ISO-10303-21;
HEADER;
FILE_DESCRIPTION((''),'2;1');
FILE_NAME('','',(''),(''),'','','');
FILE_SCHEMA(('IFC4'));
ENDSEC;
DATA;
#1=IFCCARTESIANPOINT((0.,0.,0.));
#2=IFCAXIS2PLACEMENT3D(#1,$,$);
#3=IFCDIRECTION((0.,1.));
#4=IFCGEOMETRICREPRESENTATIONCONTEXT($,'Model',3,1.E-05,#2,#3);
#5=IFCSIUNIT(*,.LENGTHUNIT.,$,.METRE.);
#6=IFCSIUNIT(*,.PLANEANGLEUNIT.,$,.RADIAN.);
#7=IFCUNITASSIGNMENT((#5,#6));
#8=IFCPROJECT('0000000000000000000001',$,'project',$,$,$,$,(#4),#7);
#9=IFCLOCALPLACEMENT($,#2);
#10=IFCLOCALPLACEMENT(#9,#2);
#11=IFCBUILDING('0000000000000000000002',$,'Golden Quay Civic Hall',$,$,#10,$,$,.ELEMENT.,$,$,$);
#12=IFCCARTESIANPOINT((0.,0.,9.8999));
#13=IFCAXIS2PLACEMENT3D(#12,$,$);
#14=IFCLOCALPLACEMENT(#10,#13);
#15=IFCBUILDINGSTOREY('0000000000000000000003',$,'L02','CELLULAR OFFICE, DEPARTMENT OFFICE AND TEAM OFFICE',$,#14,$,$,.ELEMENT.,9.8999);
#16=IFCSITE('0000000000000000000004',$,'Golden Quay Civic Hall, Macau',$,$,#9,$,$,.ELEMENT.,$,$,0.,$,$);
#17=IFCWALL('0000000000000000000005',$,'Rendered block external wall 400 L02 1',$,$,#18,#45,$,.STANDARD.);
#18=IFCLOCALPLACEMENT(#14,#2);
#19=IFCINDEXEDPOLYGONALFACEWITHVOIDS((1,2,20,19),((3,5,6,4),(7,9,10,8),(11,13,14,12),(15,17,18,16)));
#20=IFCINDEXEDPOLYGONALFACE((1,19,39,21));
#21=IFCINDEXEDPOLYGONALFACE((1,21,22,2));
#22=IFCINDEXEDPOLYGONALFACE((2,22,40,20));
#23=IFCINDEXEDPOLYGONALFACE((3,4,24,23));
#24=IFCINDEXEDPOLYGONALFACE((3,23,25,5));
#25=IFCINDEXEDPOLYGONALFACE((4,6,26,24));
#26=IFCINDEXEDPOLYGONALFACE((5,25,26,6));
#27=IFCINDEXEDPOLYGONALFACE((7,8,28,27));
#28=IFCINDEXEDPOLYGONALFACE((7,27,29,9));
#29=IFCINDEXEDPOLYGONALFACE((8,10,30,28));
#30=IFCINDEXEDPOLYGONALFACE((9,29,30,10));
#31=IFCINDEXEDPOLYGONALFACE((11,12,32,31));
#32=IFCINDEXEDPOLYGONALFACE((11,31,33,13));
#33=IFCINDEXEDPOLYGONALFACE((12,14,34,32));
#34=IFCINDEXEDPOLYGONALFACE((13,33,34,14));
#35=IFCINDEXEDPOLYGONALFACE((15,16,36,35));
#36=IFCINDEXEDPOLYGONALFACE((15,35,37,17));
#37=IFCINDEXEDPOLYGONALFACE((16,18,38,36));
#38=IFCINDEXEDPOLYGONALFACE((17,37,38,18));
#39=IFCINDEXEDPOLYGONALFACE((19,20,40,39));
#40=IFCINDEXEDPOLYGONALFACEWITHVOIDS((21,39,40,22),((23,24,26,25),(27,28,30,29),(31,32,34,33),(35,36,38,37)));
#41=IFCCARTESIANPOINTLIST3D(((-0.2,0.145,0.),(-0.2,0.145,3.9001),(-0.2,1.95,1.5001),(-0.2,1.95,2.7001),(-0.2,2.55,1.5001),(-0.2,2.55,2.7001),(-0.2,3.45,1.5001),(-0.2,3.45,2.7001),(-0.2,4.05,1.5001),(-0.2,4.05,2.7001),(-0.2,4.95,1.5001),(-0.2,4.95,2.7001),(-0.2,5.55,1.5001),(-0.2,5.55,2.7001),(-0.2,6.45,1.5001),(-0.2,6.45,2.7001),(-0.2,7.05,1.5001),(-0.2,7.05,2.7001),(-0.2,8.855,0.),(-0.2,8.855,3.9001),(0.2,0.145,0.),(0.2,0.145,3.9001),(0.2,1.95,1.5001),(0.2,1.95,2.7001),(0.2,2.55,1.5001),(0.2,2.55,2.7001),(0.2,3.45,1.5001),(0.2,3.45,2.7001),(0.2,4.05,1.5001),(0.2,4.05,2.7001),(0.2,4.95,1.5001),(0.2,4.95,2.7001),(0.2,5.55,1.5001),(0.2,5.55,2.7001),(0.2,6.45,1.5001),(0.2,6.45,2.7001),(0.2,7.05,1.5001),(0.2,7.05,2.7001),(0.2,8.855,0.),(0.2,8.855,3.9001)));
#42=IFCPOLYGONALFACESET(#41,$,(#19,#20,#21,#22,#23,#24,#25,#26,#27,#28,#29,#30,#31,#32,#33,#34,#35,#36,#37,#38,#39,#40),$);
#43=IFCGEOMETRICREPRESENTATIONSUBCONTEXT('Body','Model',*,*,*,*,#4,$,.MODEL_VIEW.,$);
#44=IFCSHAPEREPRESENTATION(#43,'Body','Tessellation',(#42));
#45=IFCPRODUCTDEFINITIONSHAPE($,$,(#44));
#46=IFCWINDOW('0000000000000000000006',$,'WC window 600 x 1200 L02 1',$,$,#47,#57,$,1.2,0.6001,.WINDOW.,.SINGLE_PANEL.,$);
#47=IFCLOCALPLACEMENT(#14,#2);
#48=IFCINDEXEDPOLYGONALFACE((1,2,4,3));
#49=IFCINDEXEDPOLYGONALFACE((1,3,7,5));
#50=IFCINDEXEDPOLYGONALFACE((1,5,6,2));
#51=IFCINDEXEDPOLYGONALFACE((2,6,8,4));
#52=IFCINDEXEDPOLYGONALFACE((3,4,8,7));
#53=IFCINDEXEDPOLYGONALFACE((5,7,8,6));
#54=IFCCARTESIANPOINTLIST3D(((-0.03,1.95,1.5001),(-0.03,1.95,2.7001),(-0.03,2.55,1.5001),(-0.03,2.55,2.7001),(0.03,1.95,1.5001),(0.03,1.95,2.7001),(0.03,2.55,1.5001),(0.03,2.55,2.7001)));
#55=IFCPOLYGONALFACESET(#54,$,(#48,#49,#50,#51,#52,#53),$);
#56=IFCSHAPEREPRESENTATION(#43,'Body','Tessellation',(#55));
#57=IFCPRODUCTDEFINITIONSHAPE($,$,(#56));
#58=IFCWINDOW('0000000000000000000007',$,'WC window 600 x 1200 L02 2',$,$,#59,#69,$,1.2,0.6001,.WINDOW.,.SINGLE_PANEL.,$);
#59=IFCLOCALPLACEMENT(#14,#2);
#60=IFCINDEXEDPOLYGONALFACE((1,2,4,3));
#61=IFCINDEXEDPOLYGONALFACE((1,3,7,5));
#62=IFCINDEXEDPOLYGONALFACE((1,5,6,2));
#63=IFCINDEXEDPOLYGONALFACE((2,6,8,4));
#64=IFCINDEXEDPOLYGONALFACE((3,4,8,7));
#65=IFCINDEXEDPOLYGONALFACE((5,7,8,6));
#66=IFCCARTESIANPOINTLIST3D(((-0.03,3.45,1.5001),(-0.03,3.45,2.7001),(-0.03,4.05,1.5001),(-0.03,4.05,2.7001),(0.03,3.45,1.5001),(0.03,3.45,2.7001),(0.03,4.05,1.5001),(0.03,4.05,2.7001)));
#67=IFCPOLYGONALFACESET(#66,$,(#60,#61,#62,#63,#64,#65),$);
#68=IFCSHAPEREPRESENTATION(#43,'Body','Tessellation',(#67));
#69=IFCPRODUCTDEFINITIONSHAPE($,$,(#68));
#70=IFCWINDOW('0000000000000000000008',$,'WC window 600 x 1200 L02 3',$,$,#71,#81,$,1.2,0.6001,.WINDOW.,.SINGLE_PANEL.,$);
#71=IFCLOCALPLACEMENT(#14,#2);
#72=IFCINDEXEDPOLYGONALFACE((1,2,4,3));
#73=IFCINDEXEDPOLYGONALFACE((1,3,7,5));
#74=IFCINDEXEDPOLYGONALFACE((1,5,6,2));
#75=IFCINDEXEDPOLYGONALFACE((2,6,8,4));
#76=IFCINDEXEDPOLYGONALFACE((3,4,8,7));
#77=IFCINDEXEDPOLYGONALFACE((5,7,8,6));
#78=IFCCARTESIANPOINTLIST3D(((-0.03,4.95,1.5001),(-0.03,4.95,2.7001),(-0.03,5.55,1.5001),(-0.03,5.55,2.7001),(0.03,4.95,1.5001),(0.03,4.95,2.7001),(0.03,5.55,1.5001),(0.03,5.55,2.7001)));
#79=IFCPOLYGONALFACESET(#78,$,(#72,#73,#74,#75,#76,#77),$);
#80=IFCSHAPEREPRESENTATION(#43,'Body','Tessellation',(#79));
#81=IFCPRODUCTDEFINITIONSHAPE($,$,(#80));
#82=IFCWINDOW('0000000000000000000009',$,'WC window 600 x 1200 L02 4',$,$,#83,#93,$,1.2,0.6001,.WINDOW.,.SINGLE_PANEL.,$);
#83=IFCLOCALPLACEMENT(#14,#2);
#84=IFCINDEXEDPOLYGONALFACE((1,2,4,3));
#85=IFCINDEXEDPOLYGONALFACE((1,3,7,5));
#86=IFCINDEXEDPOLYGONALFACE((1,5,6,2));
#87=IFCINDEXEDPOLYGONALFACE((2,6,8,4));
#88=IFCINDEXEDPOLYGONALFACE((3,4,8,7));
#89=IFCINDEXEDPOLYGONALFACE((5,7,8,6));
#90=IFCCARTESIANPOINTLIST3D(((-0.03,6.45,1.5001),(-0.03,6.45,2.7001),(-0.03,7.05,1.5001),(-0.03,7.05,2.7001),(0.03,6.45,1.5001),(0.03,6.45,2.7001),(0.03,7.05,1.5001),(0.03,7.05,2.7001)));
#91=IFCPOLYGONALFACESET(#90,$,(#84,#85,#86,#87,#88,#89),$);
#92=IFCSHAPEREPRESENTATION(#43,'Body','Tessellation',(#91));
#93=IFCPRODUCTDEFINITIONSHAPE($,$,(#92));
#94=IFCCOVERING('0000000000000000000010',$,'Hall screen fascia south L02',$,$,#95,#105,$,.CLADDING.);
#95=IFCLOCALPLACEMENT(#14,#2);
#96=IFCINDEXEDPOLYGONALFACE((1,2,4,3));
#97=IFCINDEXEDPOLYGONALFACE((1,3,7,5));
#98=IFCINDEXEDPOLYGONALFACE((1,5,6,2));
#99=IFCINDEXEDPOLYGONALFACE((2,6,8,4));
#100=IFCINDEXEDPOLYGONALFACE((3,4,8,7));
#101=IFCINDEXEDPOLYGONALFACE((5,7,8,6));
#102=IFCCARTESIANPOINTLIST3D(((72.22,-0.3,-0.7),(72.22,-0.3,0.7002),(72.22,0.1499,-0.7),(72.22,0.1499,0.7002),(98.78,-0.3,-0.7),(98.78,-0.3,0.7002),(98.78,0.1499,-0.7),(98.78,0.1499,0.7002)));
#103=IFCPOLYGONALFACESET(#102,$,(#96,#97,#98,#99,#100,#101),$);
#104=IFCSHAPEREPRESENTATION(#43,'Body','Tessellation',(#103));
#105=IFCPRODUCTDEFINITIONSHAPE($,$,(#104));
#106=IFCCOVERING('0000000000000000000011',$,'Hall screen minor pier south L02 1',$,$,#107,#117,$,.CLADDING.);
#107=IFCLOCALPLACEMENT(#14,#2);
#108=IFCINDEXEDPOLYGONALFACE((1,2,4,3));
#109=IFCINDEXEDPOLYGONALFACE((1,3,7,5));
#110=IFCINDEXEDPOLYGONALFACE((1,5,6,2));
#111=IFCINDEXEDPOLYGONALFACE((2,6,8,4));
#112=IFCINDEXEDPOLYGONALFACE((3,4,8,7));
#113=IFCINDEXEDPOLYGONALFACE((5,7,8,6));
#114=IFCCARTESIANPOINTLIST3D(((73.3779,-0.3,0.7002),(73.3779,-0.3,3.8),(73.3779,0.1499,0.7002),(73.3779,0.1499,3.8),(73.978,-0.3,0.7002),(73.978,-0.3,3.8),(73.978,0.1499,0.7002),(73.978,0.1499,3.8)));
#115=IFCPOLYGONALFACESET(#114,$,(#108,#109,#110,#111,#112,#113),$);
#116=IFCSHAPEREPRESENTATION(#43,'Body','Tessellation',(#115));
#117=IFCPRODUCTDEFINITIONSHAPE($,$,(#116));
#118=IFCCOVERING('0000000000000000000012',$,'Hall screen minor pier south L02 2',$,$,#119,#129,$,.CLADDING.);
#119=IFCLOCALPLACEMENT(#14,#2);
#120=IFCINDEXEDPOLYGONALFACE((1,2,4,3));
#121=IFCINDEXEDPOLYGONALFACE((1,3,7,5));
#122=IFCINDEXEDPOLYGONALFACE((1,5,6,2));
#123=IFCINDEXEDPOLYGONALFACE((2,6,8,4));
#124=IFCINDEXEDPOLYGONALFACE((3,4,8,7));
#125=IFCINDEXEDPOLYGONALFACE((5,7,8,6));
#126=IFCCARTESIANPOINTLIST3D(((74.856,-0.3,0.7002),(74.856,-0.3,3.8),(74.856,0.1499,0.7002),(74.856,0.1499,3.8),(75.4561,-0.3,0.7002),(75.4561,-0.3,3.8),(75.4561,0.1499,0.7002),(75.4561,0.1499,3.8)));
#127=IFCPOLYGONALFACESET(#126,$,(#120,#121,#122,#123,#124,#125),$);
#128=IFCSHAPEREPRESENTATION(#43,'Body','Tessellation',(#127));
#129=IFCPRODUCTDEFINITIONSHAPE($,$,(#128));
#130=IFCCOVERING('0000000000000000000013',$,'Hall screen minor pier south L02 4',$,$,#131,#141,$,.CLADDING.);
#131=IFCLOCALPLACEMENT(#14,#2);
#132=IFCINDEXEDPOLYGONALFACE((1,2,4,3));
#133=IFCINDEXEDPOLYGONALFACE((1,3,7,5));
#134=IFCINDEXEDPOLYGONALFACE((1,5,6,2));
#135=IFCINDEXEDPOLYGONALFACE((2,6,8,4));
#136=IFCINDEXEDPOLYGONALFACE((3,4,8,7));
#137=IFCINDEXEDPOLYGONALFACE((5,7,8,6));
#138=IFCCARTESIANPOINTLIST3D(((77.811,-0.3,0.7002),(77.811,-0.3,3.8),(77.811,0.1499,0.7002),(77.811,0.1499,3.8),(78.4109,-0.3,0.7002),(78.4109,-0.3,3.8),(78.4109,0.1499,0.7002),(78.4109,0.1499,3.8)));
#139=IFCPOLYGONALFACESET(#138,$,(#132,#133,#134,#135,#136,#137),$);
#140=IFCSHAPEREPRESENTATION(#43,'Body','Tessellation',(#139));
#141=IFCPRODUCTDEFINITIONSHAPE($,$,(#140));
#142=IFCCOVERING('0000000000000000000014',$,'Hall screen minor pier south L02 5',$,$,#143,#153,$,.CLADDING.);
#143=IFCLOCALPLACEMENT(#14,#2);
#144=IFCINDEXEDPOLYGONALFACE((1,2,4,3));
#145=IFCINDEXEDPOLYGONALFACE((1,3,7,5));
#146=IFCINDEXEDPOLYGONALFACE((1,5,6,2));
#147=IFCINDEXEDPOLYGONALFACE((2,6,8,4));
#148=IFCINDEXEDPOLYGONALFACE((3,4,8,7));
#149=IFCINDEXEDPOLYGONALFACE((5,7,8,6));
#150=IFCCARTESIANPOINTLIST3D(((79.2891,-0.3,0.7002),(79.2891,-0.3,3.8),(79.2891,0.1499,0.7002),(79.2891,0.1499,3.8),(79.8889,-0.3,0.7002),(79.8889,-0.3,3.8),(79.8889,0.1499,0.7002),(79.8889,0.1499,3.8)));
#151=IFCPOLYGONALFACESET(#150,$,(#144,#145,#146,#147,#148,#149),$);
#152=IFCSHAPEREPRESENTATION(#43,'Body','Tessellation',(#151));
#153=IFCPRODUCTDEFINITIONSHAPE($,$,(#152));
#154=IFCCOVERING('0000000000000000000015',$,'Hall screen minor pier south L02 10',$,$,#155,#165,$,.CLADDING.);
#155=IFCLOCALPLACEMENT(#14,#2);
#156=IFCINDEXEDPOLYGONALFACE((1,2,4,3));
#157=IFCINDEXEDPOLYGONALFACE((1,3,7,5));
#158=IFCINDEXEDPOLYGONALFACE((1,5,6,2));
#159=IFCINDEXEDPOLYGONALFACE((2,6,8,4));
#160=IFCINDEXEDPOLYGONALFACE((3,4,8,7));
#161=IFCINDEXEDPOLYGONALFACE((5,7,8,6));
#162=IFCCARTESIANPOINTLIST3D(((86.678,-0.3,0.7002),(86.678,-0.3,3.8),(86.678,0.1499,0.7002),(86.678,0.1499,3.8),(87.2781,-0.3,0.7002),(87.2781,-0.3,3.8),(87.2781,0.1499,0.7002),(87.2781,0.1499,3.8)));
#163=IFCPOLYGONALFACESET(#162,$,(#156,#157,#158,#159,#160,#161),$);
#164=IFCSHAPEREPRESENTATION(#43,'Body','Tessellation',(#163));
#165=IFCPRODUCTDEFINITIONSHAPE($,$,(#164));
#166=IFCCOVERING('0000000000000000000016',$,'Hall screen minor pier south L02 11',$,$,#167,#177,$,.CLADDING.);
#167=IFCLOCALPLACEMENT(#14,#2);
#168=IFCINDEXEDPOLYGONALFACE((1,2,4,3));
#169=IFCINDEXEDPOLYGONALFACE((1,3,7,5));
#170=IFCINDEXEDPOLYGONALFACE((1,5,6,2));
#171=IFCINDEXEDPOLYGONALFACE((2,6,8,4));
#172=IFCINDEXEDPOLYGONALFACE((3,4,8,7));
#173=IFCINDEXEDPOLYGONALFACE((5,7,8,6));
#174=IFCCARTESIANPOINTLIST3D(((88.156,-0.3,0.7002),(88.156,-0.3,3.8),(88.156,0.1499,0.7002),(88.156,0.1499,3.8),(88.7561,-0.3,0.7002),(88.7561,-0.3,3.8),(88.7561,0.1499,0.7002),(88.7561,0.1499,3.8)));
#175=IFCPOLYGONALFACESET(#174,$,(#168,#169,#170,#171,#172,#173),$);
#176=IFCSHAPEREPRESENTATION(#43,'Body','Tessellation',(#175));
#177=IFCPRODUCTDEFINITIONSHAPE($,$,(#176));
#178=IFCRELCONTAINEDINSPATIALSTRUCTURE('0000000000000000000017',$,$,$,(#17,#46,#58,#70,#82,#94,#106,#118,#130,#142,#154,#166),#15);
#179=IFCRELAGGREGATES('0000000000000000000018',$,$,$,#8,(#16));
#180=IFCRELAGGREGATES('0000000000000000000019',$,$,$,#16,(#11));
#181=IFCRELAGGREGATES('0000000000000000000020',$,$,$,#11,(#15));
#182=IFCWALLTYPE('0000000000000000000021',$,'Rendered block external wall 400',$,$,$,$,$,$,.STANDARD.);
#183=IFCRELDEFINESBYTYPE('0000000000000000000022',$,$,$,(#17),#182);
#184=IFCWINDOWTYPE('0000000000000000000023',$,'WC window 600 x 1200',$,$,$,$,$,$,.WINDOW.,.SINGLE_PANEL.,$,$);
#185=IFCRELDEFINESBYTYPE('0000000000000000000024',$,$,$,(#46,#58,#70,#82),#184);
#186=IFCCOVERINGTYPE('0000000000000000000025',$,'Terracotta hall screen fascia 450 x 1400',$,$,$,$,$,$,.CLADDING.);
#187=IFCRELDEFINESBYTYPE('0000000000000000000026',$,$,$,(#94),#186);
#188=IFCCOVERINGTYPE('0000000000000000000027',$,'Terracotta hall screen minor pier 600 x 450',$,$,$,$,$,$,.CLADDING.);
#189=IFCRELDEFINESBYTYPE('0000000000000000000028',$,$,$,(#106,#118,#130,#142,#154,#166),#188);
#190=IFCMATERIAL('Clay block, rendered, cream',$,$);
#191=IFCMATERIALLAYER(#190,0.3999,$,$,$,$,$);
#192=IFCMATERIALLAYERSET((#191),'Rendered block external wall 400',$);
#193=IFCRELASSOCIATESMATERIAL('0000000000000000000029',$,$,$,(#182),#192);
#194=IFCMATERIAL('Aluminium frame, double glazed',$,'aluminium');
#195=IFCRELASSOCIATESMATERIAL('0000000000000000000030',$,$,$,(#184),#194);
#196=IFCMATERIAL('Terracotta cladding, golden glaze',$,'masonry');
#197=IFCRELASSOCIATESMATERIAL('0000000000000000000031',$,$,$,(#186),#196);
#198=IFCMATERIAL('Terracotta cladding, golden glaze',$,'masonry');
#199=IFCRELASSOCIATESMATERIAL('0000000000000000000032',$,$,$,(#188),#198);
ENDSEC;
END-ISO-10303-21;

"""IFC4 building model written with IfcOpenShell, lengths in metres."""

from ifc_helpers import new_model, si_unit, direction, frame, frame_2d, origin, place, context, subcontext, project, spatial, polyline, rectangle, outline, extrude, material, layer, layer_set, type_object, element, fill, save


model = new_model("IFC4")

# Units and contexts
model_context = context("Model", 3, precision=1e-05, world=origin(), true_north=direction((0.0, 1.0)))
body_context = subcontext(model_context, "Body", "Model", "MODEL_VIEW")
ifc_project = project(units=[si_unit("LENGTHUNIT", "METRE"), si_unit("PLANEANGLEUNIT", "RADIAN")], contexts=[model_context])

# Site, building, storey
site_placement = place(None, origin())
site = spatial("IfcSite", under=ifc_project, at=site_placement, Name="Golden Quay Civic Hall, Macau", CompositionType="ELEMENT", RefElevation=0.0)
building_placement = place(site_placement, origin())
building = spatial("IfcBuilding", under=site, at=building_placement, Name="Golden Quay Civic Hall", CompositionType="ELEMENT")
storey_placement = place(building_placement, frame((0.0, 0.0, 9.8999)))
storey = spatial("IfcBuildingStorey", under=building, at=storey_placement, Name="L02", Description="CELLULAR OFFICE, DEPARTMENT OFFICE AND TEAM OFFICE", CompositionType="ELEMENT", Elevation=9.8999)

# Wall, openings, windows
ifc_material_1 = material(Name="Clay block, rendered, cream")
ifc_layer_1 = layer(ifc_material_1, 0.3999)
ifc_layer_set_1 = layer_set([ifc_layer_1], Name="Rendered block external wall 400")
wall_type = type_object("IfcWallType", Name="Rendered block external wall 400", PredefinedType="STANDARD", material=ifc_layer_set_1)
wall_placement = place(storey_placement, frame((0.0, 0.145, 0.0), z_axis=(0.0, 0.0, 1.0), x_axis=(0.0, 1.0, 0.0)))
wall = element("IfcWall", 1, at=wall_placement, inside=storey, type_object=wall_type, Name="Rendered block external wall 400 L02 1", PredefinedType="STANDARD", context=body_context, shape_type="SweptSolid", body=[
    extrude(rectangle(XDim=8.71, YDim=0.3999, at=frame_2d((4.355, 0.0))), origin(), (0.0, 0.0, 1.0), 3.9001),
])
opening_1_placement = place(wall_placement, frame((1.8049, 0.0, 1.5)))
opening_1 = element("IfcOpeningElement", 2, at=opening_1_placement, cuts=wall, PredefinedType="OPENING", context=body_context, shape_type="SweptSolid", body=[
    extrude(rectangle(XDim=0.6001, YDim=1.2, at=frame_2d((0.3, 0.6001))), frame((0.0, 0.21, 0.0), z_axis=(0.0, -1.0, 0.0), x_axis=(1.0, 0.0, 0.0)), (0.0, 0.0, 1.0), 0.4199),
])
opening_2_placement = place(wall_placement, frame((3.3049, 0.0, 1.5)))
opening_2 = element("IfcOpeningElement", 3, at=opening_2_placement, cuts=wall, PredefinedType="OPENING", context=body_context, shape_type="SweptSolid", body=[
    extrude(rectangle(XDim=0.6001, YDim=1.2, at=frame_2d((0.3, 0.6001))), frame((0.0, 0.21, 0.0), z_axis=(0.0, -1.0, 0.0), x_axis=(1.0, 0.0, 0.0)), (0.0, 0.0, 1.0), 0.4199),
])
opening_3_placement = place(wall_placement, frame((4.8049, 0.0, 1.5)))
opening_3 = element("IfcOpeningElement", 4, at=opening_3_placement, cuts=wall, PredefinedType="OPENING", context=body_context, shape_type="SweptSolid", body=[
    extrude(rectangle(XDim=0.6001, YDim=1.2, at=frame_2d((0.3, 0.6001))), frame((0.0, 0.21, 0.0), z_axis=(0.0, -1.0, 0.0), x_axis=(1.0, 0.0, 0.0)), (0.0, 0.0, 1.0), 0.4199),
])
opening_4_placement = place(wall_placement, frame((6.3049, 0.0, 1.5)))
opening_4 = element("IfcOpeningElement", 5, at=opening_4_placement, cuts=wall, PredefinedType="OPENING", context=body_context, shape_type="SweptSolid", body=[
    extrude(rectangle(XDim=0.6001, YDim=1.2, at=frame_2d((0.3, 0.6001))), frame((0.0, 0.21, 0.0), z_axis=(0.0, -1.0, 0.0), x_axis=(1.0, 0.0, 0.0)), (0.0, 0.0, 1.0), 0.4199),
])
ifc_material_2 = material(Name="Aluminium frame, double glazed", Category="aluminium")
window_type = type_object("IfcWindowType", Name="WC window 600 x 1200", PartitioningType="SINGLE_PANEL", PredefinedType="WINDOW", material=ifc_material_2)
window_1_placement = place(opening_1_placement, origin())
window_1 = element("IfcWindow", 6, at=window_1_placement, inside=storey, type_object=window_type, Name="WC window 600 x 1200 L02 1", OverallHeight=1.2, OverallWidth=0.6001, PartitioningType="SINGLE_PANEL", PredefinedType="WINDOW", context=body_context, shape_type="SweptSolid", body=[
    extrude(rectangle(XDim=0.6001, YDim=1.2, at=frame_2d((0.3, 0.6001))), frame((0.0, 0.03, 0.0), z_axis=(0.0, -1.0, 0.0), x_axis=(1.0, 0.0, 0.0)), (0.0, 0.0, 1.0), 0.0601),
])
fill(opening_1, window_1)
window_2_placement = place(opening_2_placement, origin())
window_2 = element("IfcWindow", 7, at=window_2_placement, inside=storey, type_object=window_type, Name="WC window 600 x 1200 L02 2", OverallHeight=1.2, OverallWidth=0.6001, PartitioningType="SINGLE_PANEL", PredefinedType="WINDOW", context=body_context, shape_type="SweptSolid", body=[
    extrude(rectangle(XDim=0.6001, YDim=1.2, at=frame_2d((0.3, 0.6001))), frame((0.0, 0.03, 0.0), z_axis=(0.0, -1.0, 0.0), x_axis=(1.0, 0.0, 0.0)), (0.0, 0.0, 1.0), 0.0601),
])
fill(opening_2, window_2)
window_3_placement = place(opening_3_placement, origin())
window_3 = element("IfcWindow", 8, at=window_3_placement, inside=storey, type_object=window_type, Name="WC window 600 x 1200 L02 3", OverallHeight=1.2, OverallWidth=0.6001, PartitioningType="SINGLE_PANEL", PredefinedType="WINDOW", context=body_context, shape_type="SweptSolid", body=[
    extrude(rectangle(XDim=0.6001, YDim=1.2, at=frame_2d((0.3, 0.6001))), frame((0.0, 0.03, 0.0), z_axis=(0.0, -1.0, 0.0), x_axis=(1.0, 0.0, 0.0)), (0.0, 0.0, 1.0), 0.0601),
])
fill(opening_3, window_3)
window_4_placement = place(opening_4_placement, origin())
window_4 = element("IfcWindow", 9, at=window_4_placement, inside=storey, type_object=window_type, Name="WC window 600 x 1200 L02 4", OverallHeight=1.2, OverallWidth=0.6001, PartitioningType="SINGLE_PANEL", PredefinedType="WINDOW", context=body_context, shape_type="SweptSolid", body=[
    extrude(rectangle(XDim=0.6001, YDim=1.2, at=frame_2d((0.3, 0.6001))), frame((0.0, 0.03, 0.0), z_axis=(0.0, -1.0, 0.0), x_axis=(1.0, 0.0, 0.0)), (0.0, 0.0, 1.0), 0.0601),
])
fill(opening_4, window_4)

# Coverings
ifc_material_3 = material(Name="Terracotta cladding, golden glaze", Category="masonry")
covering_type_1 = type_object("IfcCoveringType", Name="Terracotta hall screen fascia 450 x 1400", PredefinedType="CLADDING", material=ifc_material_3)
covering_1_placement = place(storey_placement, frame((0.0, 0.0, -0.7)))
element("IfcCovering", 10, at=covering_1_placement, inside=storey, type_object=covering_type_1, Name="Hall screen fascia south L02", PredefinedType="CLADDING", context=body_context, shape_type="SweptSolid", body=[
    extrude(outline(polyline([(72.22, -0.3), (98.78, -0.3), (98.78, 0.1499), (72.22, 0.1499), (72.22, -0.3)])), origin(), (0.0, 0.0, 1.0), 1.4001),
])
ifc_material_4 = material(Name="Terracotta cladding, golden glaze", Category="masonry")
covering_type_2 = type_object("IfcCoveringType", Name="Terracotta hall screen minor pier 600 x 450", PredefinedType="CLADDING", material=ifc_material_4)
covering_2_placement = place(storey_placement, frame((0.0, 0.0, 0.7002)))
element("IfcCovering", 11, at=covering_2_placement, inside=storey, type_object=covering_type_2, Name="Hall screen minor pier south L02 1", PredefinedType="CLADDING", context=body_context, shape_type="SweptSolid", body=[
    extrude(outline(polyline([(73.3779, -0.3), (73.978, -0.3), (73.978, 0.1499), (73.3779, 0.1499), (73.3779, -0.3)])), origin(), (0.0, 0.0, 1.0), 3.0999),
])
covering_3_placement = place(storey_placement, frame((0.0, 0.0, 0.7002)))
element("IfcCovering", 12, at=covering_3_placement, inside=storey, type_object=covering_type_2, Name="Hall screen minor pier south L02 2", PredefinedType="CLADDING", context=body_context, shape_type="SweptSolid", body=[
    extrude(outline(polyline([(74.856, -0.3), (75.4561, -0.3), (75.4561, 0.1499), (74.856, 0.1499), (74.856, -0.3)])), origin(), (0.0, 0.0, 1.0), 3.0999),
])
covering_4_placement = place(storey_placement, frame((0.0, 0.0, 0.7002)))
element("IfcCovering", 13, at=covering_4_placement, inside=storey, type_object=covering_type_2, Name="Hall screen minor pier south L02 4", PredefinedType="CLADDING", context=body_context, shape_type="SweptSolid", body=[
    extrude(outline(polyline([(77.811, -0.3), (78.4109, -0.3), (78.4109, 0.1499), (77.811, 0.1499), (77.811, -0.3)])), origin(), (0.0, 0.0, 1.0), 3.0999),
])
covering_5_placement = place(storey_placement, frame((0.0, 0.0, 0.7002)))
element("IfcCovering", 14, at=covering_5_placement, inside=storey, type_object=covering_type_2, Name="Hall screen minor pier south L02 5", PredefinedType="CLADDING", context=body_context, shape_type="SweptSolid", body=[
    extrude(outline(polyline([(79.2891, -0.3), (79.8889, -0.3), (79.8889, 0.1499), (79.2891, 0.1499), (79.2891, -0.3)])), origin(), (0.0, 0.0, 1.0), 3.0999),
])
covering_6_placement = place(storey_placement, frame((0.0, 0.0, 0.7002)))
element("IfcCovering", 15, at=covering_6_placement, inside=storey, type_object=covering_type_2, Name="Hall screen minor pier south L02 10", PredefinedType="CLADDING", context=body_context, shape_type="SweptSolid", body=[
    extrude(outline(polyline([(86.678, -0.3), (87.2781, -0.3), (87.2781, 0.1499), (86.678, 0.1499), (86.678, -0.3)])), origin(), (0.0, 0.0, 1.0), 3.0999),
])
covering_7_placement = place(storey_placement, frame((0.0, 0.0, 0.7002)))
element("IfcCovering", 16, at=covering_7_placement, inside=storey, type_object=covering_type_2, Name="Hall screen minor pier south L02 11", PredefinedType="CLADDING", context=body_context, shape_type="SweptSolid", body=[
    extrude(outline(polyline([(88.156, -0.3), (88.7561, -0.3), (88.7561, 0.1499), (88.156, 0.1499), (88.156, -0.3)])), origin(), (0.0, 0.0, 1.0), 3.0999),
])

save(model, "model.ifc")
